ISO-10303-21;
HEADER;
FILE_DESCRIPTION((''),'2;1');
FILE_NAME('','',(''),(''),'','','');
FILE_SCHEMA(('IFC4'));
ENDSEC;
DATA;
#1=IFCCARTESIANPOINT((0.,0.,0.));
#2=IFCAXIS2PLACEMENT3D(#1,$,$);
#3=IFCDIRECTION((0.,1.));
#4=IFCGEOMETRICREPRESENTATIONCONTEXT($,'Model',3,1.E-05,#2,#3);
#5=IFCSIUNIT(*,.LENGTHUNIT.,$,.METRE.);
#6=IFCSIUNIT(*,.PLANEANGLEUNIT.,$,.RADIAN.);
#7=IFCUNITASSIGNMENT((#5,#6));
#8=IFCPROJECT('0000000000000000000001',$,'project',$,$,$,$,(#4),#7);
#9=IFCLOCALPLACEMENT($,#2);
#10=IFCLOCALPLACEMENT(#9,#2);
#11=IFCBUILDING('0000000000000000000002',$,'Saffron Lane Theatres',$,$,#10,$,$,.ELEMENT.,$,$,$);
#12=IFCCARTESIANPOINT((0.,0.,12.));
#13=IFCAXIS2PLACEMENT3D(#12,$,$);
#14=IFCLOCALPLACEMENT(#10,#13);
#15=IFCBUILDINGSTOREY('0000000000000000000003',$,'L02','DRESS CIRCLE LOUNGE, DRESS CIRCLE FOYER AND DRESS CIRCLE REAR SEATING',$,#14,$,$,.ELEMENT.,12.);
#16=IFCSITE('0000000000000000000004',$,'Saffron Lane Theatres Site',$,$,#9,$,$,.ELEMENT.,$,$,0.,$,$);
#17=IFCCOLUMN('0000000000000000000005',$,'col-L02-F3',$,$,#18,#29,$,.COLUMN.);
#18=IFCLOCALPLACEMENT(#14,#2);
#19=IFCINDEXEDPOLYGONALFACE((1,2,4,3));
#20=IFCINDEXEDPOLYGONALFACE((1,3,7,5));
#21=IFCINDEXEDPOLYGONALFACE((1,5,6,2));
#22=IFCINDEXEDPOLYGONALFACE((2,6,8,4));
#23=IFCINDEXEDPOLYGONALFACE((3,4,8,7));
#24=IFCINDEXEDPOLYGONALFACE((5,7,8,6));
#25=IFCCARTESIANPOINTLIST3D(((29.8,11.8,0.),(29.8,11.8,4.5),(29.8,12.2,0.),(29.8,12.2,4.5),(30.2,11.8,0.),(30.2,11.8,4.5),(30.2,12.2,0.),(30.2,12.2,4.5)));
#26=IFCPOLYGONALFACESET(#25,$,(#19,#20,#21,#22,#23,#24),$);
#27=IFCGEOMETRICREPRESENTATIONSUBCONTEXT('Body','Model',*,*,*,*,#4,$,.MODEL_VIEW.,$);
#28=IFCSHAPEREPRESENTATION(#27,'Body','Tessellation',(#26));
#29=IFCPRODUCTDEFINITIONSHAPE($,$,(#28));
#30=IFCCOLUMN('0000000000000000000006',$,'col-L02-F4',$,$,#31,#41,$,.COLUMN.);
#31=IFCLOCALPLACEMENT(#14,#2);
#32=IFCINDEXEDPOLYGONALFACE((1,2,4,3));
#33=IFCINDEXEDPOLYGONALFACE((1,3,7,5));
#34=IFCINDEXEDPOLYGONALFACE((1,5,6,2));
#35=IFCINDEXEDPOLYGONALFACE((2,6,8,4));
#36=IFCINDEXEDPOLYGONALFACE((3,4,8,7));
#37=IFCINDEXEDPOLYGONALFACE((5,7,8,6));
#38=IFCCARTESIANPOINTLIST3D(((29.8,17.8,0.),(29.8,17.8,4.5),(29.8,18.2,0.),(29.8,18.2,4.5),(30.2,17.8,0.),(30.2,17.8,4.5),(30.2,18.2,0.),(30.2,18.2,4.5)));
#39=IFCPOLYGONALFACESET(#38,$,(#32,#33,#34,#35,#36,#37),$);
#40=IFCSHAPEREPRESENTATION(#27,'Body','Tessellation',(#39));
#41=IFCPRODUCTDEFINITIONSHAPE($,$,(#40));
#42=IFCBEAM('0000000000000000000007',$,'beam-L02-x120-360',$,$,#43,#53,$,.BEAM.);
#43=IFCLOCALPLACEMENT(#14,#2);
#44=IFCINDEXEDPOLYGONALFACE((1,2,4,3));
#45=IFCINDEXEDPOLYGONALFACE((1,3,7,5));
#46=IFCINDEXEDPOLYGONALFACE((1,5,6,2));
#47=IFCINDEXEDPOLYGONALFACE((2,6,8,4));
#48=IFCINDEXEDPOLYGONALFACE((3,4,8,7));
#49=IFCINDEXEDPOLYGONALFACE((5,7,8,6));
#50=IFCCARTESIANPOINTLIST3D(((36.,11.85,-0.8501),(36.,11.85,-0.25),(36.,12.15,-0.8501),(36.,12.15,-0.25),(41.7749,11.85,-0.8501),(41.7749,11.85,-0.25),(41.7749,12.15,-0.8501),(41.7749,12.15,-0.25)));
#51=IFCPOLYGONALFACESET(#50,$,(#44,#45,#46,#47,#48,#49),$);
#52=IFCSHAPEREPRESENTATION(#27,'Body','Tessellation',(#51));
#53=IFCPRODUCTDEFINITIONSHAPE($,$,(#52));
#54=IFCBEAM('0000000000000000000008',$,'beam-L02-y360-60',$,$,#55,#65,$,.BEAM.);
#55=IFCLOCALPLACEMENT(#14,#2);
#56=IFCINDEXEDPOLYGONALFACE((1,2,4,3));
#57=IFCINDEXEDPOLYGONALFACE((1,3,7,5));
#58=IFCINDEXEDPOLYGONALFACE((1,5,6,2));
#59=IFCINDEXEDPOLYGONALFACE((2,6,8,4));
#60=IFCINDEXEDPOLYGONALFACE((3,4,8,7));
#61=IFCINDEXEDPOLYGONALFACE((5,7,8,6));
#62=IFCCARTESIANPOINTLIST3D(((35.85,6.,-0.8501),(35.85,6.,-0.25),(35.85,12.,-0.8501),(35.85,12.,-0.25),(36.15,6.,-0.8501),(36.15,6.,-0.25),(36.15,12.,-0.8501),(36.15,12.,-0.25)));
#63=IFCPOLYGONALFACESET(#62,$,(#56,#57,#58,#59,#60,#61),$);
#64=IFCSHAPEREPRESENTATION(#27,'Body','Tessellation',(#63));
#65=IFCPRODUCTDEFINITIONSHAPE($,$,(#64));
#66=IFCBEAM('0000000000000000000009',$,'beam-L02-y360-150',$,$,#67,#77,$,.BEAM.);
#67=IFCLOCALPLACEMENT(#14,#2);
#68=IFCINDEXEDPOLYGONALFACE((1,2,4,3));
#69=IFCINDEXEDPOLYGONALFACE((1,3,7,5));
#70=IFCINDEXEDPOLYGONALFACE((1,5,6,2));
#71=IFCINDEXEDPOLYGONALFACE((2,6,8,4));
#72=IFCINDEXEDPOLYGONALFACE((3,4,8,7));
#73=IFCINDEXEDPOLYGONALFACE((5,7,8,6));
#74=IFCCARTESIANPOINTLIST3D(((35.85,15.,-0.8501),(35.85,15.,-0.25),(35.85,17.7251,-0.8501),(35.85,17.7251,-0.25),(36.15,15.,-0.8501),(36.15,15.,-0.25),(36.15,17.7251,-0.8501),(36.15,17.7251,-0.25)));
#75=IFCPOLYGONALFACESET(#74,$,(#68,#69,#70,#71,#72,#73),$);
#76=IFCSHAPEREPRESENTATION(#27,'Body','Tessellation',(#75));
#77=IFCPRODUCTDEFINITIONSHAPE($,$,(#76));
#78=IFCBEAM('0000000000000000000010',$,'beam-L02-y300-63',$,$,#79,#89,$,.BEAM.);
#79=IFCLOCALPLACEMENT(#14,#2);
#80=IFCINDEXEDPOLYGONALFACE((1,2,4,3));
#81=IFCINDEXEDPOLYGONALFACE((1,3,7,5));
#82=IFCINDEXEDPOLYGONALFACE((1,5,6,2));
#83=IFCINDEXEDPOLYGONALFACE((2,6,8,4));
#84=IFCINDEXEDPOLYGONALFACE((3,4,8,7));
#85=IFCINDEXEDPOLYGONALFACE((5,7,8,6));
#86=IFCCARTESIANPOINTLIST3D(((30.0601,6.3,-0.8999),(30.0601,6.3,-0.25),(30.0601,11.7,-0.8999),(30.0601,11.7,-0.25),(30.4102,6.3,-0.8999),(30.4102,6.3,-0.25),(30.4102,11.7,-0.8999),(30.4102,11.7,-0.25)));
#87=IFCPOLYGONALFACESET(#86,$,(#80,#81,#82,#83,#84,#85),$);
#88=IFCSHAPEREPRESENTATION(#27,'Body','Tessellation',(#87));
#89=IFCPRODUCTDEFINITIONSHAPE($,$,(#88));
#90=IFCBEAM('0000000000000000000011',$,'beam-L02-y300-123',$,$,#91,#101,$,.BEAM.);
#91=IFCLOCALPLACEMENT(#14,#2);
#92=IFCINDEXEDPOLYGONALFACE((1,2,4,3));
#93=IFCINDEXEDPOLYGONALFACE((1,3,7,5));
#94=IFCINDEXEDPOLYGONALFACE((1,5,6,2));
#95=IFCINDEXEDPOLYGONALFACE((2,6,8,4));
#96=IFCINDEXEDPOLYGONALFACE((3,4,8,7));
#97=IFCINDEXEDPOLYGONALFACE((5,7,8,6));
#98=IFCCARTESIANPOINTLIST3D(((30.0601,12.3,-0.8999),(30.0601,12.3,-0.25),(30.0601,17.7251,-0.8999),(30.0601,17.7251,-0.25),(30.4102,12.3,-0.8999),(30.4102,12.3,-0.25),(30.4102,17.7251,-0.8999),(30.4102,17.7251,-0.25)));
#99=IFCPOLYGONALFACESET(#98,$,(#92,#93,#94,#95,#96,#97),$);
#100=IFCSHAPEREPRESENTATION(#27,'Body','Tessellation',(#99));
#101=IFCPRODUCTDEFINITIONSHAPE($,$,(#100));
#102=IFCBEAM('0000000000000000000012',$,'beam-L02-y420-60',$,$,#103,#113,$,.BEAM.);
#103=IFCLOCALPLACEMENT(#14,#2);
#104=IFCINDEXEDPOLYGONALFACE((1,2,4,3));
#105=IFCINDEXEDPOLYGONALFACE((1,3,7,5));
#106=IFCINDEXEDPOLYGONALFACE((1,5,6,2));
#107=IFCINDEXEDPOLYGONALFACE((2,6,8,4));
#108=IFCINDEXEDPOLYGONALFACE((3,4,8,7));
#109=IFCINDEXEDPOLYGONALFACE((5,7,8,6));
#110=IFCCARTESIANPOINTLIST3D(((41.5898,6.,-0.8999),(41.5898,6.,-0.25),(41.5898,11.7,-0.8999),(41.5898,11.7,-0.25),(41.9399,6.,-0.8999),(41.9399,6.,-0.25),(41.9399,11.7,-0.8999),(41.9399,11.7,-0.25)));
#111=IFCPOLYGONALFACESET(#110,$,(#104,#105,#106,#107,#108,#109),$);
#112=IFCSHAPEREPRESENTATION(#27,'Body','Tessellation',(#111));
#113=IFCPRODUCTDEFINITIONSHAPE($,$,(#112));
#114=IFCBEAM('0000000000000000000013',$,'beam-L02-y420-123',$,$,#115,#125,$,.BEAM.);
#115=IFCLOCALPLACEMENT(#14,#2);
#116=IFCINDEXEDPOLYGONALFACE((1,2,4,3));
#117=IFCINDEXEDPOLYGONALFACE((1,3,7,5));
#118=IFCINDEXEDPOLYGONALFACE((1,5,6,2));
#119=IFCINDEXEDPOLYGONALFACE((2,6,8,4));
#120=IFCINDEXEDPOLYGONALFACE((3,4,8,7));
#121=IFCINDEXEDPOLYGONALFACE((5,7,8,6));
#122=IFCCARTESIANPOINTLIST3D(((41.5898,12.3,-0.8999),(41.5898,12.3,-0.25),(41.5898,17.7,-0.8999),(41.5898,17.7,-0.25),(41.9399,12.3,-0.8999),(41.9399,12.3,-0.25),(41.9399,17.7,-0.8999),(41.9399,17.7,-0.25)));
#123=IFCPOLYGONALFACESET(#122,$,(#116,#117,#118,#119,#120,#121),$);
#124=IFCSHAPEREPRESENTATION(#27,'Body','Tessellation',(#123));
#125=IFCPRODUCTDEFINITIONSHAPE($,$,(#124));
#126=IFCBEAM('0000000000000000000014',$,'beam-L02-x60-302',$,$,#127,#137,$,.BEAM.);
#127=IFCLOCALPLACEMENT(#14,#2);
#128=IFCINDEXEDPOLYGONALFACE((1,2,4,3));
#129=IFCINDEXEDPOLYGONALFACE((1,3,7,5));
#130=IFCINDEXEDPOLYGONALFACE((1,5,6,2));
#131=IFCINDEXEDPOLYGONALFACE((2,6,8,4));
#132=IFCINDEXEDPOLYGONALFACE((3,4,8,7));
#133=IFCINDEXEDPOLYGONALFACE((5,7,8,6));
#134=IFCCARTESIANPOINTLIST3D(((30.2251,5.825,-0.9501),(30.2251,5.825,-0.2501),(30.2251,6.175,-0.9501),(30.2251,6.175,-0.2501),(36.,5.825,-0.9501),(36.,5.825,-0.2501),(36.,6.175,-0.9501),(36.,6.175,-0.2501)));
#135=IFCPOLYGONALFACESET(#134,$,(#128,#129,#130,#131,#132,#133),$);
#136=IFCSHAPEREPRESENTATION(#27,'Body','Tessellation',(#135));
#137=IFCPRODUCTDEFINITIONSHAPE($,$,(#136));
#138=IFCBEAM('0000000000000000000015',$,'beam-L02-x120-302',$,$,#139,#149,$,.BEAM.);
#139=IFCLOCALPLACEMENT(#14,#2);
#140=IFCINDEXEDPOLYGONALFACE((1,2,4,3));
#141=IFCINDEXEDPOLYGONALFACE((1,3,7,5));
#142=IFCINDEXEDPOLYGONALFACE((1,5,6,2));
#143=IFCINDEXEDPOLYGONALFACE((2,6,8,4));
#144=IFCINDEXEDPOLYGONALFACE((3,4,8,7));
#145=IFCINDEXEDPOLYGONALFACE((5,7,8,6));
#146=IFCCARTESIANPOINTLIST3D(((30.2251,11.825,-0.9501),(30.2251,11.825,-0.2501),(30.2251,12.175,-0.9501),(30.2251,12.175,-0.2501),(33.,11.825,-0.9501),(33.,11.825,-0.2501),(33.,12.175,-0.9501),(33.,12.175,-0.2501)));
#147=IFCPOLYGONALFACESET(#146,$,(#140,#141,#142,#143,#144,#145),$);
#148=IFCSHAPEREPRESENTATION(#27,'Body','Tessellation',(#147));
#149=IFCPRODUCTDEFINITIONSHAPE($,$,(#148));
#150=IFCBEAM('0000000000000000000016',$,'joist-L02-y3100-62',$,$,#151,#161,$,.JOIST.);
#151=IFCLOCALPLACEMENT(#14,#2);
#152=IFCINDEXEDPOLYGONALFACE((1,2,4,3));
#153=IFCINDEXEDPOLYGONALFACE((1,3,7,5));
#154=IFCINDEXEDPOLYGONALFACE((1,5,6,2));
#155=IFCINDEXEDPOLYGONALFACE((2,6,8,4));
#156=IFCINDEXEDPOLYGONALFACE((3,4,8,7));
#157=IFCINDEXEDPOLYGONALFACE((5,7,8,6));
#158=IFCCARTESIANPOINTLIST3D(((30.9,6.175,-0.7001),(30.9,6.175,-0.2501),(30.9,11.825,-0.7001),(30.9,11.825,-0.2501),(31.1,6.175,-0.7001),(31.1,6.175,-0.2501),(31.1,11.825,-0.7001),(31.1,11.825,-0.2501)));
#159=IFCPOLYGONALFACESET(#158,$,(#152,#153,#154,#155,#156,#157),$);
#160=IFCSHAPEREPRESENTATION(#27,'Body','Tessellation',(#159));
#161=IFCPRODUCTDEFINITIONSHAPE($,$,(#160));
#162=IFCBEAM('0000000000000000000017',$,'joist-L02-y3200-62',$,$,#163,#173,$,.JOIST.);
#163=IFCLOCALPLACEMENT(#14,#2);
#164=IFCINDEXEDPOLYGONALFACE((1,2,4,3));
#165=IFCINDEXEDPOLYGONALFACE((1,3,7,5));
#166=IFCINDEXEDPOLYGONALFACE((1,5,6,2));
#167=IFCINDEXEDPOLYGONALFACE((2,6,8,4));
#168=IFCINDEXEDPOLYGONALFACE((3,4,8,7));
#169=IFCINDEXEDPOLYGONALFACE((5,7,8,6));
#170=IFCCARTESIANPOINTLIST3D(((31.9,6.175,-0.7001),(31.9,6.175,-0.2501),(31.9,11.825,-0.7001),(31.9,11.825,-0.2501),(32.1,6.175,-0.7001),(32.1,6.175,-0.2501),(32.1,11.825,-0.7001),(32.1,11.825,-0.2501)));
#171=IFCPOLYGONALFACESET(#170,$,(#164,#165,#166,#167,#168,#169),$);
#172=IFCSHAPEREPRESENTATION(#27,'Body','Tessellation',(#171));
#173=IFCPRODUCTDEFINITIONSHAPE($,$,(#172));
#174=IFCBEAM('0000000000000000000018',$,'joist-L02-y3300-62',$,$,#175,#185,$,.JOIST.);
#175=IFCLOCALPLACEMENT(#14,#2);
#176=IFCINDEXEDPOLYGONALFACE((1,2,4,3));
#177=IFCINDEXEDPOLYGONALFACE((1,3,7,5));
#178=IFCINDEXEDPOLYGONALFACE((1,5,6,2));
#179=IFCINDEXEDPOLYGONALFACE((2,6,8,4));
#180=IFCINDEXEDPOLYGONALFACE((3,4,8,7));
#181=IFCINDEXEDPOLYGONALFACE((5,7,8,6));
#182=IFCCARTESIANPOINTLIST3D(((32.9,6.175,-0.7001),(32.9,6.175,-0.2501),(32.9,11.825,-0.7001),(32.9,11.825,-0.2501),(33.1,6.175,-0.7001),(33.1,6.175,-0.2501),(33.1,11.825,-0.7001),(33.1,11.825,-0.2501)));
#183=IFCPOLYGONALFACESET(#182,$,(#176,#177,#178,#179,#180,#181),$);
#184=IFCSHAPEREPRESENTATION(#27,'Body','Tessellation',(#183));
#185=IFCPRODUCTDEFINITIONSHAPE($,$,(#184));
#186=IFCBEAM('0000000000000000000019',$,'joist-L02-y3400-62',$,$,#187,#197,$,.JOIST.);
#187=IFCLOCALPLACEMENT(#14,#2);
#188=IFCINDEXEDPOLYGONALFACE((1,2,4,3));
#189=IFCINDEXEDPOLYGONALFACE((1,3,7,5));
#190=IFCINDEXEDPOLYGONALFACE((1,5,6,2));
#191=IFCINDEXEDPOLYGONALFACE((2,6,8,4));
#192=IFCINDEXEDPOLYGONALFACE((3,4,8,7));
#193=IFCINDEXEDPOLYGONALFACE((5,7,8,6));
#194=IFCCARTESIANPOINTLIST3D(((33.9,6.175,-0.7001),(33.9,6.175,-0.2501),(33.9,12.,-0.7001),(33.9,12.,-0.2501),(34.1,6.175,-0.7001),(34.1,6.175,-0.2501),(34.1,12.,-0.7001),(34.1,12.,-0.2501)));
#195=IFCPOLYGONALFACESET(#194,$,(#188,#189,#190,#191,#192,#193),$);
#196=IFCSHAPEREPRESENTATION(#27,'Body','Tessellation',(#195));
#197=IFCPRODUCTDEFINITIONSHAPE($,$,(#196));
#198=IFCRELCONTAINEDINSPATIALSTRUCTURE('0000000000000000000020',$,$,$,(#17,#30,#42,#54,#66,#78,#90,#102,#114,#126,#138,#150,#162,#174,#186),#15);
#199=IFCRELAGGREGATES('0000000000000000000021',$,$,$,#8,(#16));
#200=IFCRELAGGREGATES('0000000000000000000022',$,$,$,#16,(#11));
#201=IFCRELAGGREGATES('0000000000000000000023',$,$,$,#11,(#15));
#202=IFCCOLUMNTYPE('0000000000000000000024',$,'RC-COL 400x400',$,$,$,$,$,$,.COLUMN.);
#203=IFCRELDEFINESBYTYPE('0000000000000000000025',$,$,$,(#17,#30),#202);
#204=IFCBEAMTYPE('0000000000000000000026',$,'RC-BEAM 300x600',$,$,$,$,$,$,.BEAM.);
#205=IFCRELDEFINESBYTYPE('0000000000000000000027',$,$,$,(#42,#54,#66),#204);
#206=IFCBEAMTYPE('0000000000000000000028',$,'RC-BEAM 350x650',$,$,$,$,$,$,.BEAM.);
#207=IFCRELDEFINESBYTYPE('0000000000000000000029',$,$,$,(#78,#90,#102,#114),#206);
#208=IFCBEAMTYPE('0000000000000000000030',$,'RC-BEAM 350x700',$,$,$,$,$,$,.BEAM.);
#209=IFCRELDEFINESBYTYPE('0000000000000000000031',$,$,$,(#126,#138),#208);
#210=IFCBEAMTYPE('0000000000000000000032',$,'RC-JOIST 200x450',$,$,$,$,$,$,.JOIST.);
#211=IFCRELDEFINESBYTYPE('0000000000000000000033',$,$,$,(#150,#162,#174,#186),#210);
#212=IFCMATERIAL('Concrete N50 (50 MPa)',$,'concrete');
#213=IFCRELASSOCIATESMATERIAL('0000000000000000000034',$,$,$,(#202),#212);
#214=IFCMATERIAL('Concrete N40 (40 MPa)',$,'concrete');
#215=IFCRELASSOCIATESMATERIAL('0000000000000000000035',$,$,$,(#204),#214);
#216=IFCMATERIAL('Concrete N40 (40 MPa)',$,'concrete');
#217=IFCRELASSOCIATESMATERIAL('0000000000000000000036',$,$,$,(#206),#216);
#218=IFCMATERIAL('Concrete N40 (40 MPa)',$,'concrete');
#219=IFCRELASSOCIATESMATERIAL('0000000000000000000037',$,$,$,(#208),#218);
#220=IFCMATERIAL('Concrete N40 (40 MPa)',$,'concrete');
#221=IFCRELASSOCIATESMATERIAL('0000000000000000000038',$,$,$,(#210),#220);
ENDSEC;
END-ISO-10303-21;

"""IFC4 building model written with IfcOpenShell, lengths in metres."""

from ifc_helpers import new_model, si_unit, direction, frame, origin, origin_2d, place, context, subcontext, project, spatial, rectangle, extrude, material, material_profile, profile_set, type_object, element, save


model = new_model("IFC4")

# Units and contexts
model_context = context("Model", 3, precision=1e-05, world=origin(), true_north=direction((0.0, 1.0)))
body_context = subcontext(model_context, "Body", "Model", "MODEL_VIEW")
ifc_project = project(units=[si_unit("LENGTHUNIT", "METRE"), si_unit("PLANEANGLEUNIT", "RADIAN")], contexts=[model_context])

# Site, building, storey
site_placement = place(None, origin())
site = spatial("IfcSite", under=ifc_project, at=site_placement, Name="Saffron Lane Theatres Site", CompositionType="ELEMENT", RefElevation=0.0)
building_placement = place(site_placement, origin())
building = spatial("IfcBuilding", under=site, at=building_placement, Name="Saffron Lane Theatres", CompositionType="ELEMENT")
storey_placement = place(building_placement, frame((0.0, 0.0, 12.0)))
storey = spatial("IfcBuildingStorey", under=building, at=storey_placement, Name="L02", Description="DRESS CIRCLE LOUNGE, DRESS CIRCLE FOYER AND DRESS CIRCLE REAR SEATING", CompositionType="ELEMENT", Elevation=12.0)

# Columns
ifc_material_1 = material(Name="Concrete N50 (50 MPa)", Category="concrete")
ifc_material_profile_1 = material_profile(ifc_material_1, rectangle(XDim=0.3999, YDim=0.3999, at=origin_2d()))
ifc_profile_set_1 = profile_set([ifc_material_profile_1], Name="Concrete N50 (50 MPa)")
column_type = type_object("IfcColumnType", Name="RC-COL 400x400", PredefinedType="COLUMN", material=ifc_profile_set_1)
for number, where, z_axis, x_axis, name in (
    (1, (30.0, 12.0, 0.0), (0.0, 0.0, 1.0), (1.0, 0.0, 0.0), "col-L02-F3"),
    (2, (30.0, 18.0, 0.0), (0.0, 0.0, 1.0), (1.0, 0.0, 0.0), "col-L02-F4"),
):
    element("IfcColumn", number, at=place(storey_placement, frame(where, z_axis=z_axis, x_axis=x_axis)), inside=storey, type_object=column_type, Name=name, PredefinedType="COLUMN", context=body_context, shape_type="SweptSolid", body=[
        extrude(rectangle(XDim=0.3999, YDim=0.3999, at=origin_2d()), origin(), (0.0, 0.0, 1.0), 4.5),
    ])

# Beams
ifc_material_2 = material(Name="Concrete N40 (40 MPa)", Category="concrete")
ifc_material_profile_2 = material_profile(ifc_material_2, rectangle(XDim=0.3, YDim=0.6001, at=origin_2d()))
ifc_profile_set_2 = profile_set([ifc_material_profile_2], Name="Concrete N40 (40 MPa)")
beam_type_1 = type_object("IfcBeamType", Name="RC-BEAM 300x600", PredefinedType="BEAM", material=ifc_profile_set_2)
beam_1_placement = place(storey_placement, frame((36.0, 12.0, -0.55), z_axis=(1.0, 0.0, 0.0), x_axis=(0.0, 1.0, 0.0)))
element("IfcBeam", 3, at=beam_1_placement, inside=storey, type_object=beam_type_1, Name="beam-L02-x120-360", PredefinedType="BEAM", context=body_context, shape_type="SweptSolid", body=[
    extrude(rectangle(XDim=0.3, YDim=0.6001, at=origin_2d()), origin(), (0.0, 0.0, 1.0), 5.7749),
])
beam_2_placement = place(storey_placement, frame((36.0, 6.0, -0.55), z_axis=(0.0, 1.0, 0.0), x_axis=(-1.0, 0.0, 0.0)))
element("IfcBeam", 4, at=beam_2_placement, inside=storey, type_object=beam_type_1, Name="beam-L02-y360-60", PredefinedType="BEAM", context=body_context, shape_type="SweptSolid", body=[
    extrude(rectangle(XDim=0.3, YDim=0.6001, at=origin_2d()), origin(), (0.0, 0.0, 1.0), 6.0),
])
beam_3_placement = place(storey_placement, frame((36.0, 15.0, -0.55), z_axis=(0.0, 1.0, 0.0), x_axis=(-1.0, 0.0, 0.0)))
element("IfcBeam", 5, at=beam_3_placement, inside=storey, type_object=beam_type_1, Name="beam-L02-y360-150", PredefinedType="BEAM", context=body_context, shape_type="SweptSolid", body=[
    extrude(rectangle(XDim=0.3, YDim=0.6001, at=origin_2d()), origin(), (0.0, 0.0, 1.0), 2.7251),
])
ifc_material_3 = material(Name="Concrete N40 (40 MPa)", Category="concrete")
ifc_material_profile_3 = material_profile(ifc_material_3, rectangle(XDim=0.3501, YDim=0.6499, at=origin_2d()))
ifc_profile_set_3 = profile_set([ifc_material_profile_3], Name="Concrete N40 (40 MPa)")
beam_type_2 = type_object("IfcBeamType", Name="RC-BEAM 350x650", PredefinedType="BEAM", material=ifc_profile_set_3)
beam_4_placement = place(storey_placement, frame((30.2351, 6.3, -0.575), z_axis=(0.0, 1.0, 0.0), x_axis=(-1.0, 0.0, 0.0)))
element("IfcBeam", 6, at=beam_4_placement, inside=storey, type_object=beam_type_2, Name="beam-L02-y300-63", PredefinedType="BEAM", context=body_context, shape_type="SweptSolid", body=[
    extrude(rectangle(XDim=0.3501, YDim=0.6499, at=origin_2d()), origin(), (0.0, 0.0, 1.0), 5.3999),
])
beam_5_placement = place(storey_placement, frame((30.2351, 12.3, -0.575), z_axis=(0.0, 1.0, 0.0), x_axis=(-1.0, 0.0, 0.0)))
element("IfcBeam", 7, at=beam_5_placement, inside=storey, type_object=beam_type_2, Name="beam-L02-y300-123", PredefinedType="BEAM", context=body_context, shape_type="SweptSolid", body=[
    extrude(rectangle(XDim=0.3501, YDim=0.6499, at=origin_2d()), origin(), (0.0, 0.0, 1.0), 5.425),
])
beam_6_placement = place(storey_placement, frame((41.7649, 6.0, -0.575), z_axis=(0.0, 1.0, 0.0), x_axis=(-1.0, 0.0, 0.0)))
element("IfcBeam", 8, at=beam_6_placement, inside=storey, type_object=beam_type_2, Name="beam-L02-y420-60", PredefinedType="BEAM", context=body_context, shape_type="SweptSolid", body=[
    extrude(rectangle(XDim=0.3501, YDim=0.6499, at=origin_2d()), origin(), (0.0, 0.0, 1.0), 5.7),
])
beam_7_placement = place(storey_placement, frame((41.7649, 12.3, -0.575), z_axis=(0.0, 1.0, 0.0), x_axis=(-1.0, 0.0, 0.0)))
element("IfcBeam", 9, at=beam_7_placement, inside=storey, type_object=beam_type_2, Name="beam-L02-y420-123", PredefinedType="BEAM", context=body_context, shape_type="SweptSolid", body=[
    extrude(rectangle(XDim=0.3501, YDim=0.6499, at=origin_2d()), origin(), (0.0, 0.0, 1.0), 5.3999),
])
ifc_material_4 = material(Name="Concrete N40 (40 MPa)", Category="concrete")
ifc_material_profile_4 = material_profile(ifc_material_4, rectangle(XDim=0.3501, YDim=0.7, at=origin_2d()))
ifc_profile_set_4 = profile_set([ifc_material_profile_4], Name="Concrete N40 (40 MPa)")
beam_type_3 = type_object("IfcBeamType", Name="RC-BEAM 350x700", PredefinedType="BEAM", material=ifc_profile_set_4)
beam_8_placement = place(storey_placement, frame((30.2251, 6.0, -0.6001), z_axis=(1.0, 0.0, 0.0), x_axis=(0.0, 1.0, 0.0)))
element("IfcBeam", 10, at=beam_8_placement, inside=storey, type_object=beam_type_3, Name="beam-L02-x60-302", PredefinedType="BEAM", context=body_context, shape_type="SweptSolid", body=[
    extrude(rectangle(XDim=0.3501, YDim=0.7, at=origin_2d()), origin(), (0.0, 0.0, 1.0), 5.7749),
])
beam_9_placement = place(storey_placement, frame((30.2251, 12.0, -0.6001), z_axis=(1.0, 0.0, 0.0), x_axis=(0.0, 1.0, 0.0)))
element("IfcBeam", 11, at=beam_9_placement, inside=storey, type_object=beam_type_3, Name="beam-L02-x120-302", PredefinedType="BEAM", context=body_context, shape_type="SweptSolid", body=[
    extrude(rectangle(XDim=0.3501, YDim=0.7, at=origin_2d()), origin(), (0.0, 0.0, 1.0), 2.7749),
])
ifc_material_5 = material(Name="Concrete N40 (40 MPa)", Category="concrete")
ifc_material_profile_5 = material_profile(ifc_material_5, rectangle(XDim=0.2, YDim=0.45, at=origin_2d()))
ifc_profile_set_5 = profile_set([ifc_material_profile_5], Name="Concrete N40 (40 MPa)")
beam_type_4 = type_object("IfcBeamType", Name="RC-JOIST 200x450", PredefinedType="JOIST", material=ifc_profile_set_5)
for number, where, z_axis, x_axis, name in (
    (12, (31.0, 6.175, -0.4751), (0.0, 1.0, 0.0), (-1.0, 0.0, 0.0), "joist-L02-y3100-62"),
    (13, (32.0, 6.175, -0.4751), (0.0, 1.0, 0.0), (-1.0, 0.0, 0.0), "joist-L02-y3200-62"),
    (14, (33.0, 6.175, -0.4751), (0.0, 1.0, 0.0), (-1.0, 0.0, 0.0), "joist-L02-y3300-62"),
):
    element("IfcBeam", number, at=place(storey_placement, frame(where, z_axis=z_axis, x_axis=x_axis)), inside=storey, type_object=beam_type_4, Name=name, PredefinedType="JOIST", context=body_context, shape_type="SweptSolid", body=[
        extrude(rectangle(XDim=0.2, YDim=0.45, at=origin_2d()), origin(), (0.0, 0.0, 1.0), 5.6499),
    ])
for number, where, z_axis, x_axis, name in (
    (15, (34.0, 6.175, -0.4751), (0.0, 1.0, 0.0), (-1.0, 0.0, 0.0), "joist-L02-y3400-62"),
):
    element("IfcBeam", number, at=place(storey_placement, frame(where, z_axis=z_axis, x_axis=x_axis)), inside=storey, type_object=beam_type_4, Name=name, PredefinedType="JOIST", context=body_context, shape_type="SweptSolid", body=[
        extrude(rectangle(XDim=0.2, YDim=0.45, at=origin_2d()), origin(), (0.0, 0.0, 1.0), 5.825),
    ])

save(model, "model.ifc")
